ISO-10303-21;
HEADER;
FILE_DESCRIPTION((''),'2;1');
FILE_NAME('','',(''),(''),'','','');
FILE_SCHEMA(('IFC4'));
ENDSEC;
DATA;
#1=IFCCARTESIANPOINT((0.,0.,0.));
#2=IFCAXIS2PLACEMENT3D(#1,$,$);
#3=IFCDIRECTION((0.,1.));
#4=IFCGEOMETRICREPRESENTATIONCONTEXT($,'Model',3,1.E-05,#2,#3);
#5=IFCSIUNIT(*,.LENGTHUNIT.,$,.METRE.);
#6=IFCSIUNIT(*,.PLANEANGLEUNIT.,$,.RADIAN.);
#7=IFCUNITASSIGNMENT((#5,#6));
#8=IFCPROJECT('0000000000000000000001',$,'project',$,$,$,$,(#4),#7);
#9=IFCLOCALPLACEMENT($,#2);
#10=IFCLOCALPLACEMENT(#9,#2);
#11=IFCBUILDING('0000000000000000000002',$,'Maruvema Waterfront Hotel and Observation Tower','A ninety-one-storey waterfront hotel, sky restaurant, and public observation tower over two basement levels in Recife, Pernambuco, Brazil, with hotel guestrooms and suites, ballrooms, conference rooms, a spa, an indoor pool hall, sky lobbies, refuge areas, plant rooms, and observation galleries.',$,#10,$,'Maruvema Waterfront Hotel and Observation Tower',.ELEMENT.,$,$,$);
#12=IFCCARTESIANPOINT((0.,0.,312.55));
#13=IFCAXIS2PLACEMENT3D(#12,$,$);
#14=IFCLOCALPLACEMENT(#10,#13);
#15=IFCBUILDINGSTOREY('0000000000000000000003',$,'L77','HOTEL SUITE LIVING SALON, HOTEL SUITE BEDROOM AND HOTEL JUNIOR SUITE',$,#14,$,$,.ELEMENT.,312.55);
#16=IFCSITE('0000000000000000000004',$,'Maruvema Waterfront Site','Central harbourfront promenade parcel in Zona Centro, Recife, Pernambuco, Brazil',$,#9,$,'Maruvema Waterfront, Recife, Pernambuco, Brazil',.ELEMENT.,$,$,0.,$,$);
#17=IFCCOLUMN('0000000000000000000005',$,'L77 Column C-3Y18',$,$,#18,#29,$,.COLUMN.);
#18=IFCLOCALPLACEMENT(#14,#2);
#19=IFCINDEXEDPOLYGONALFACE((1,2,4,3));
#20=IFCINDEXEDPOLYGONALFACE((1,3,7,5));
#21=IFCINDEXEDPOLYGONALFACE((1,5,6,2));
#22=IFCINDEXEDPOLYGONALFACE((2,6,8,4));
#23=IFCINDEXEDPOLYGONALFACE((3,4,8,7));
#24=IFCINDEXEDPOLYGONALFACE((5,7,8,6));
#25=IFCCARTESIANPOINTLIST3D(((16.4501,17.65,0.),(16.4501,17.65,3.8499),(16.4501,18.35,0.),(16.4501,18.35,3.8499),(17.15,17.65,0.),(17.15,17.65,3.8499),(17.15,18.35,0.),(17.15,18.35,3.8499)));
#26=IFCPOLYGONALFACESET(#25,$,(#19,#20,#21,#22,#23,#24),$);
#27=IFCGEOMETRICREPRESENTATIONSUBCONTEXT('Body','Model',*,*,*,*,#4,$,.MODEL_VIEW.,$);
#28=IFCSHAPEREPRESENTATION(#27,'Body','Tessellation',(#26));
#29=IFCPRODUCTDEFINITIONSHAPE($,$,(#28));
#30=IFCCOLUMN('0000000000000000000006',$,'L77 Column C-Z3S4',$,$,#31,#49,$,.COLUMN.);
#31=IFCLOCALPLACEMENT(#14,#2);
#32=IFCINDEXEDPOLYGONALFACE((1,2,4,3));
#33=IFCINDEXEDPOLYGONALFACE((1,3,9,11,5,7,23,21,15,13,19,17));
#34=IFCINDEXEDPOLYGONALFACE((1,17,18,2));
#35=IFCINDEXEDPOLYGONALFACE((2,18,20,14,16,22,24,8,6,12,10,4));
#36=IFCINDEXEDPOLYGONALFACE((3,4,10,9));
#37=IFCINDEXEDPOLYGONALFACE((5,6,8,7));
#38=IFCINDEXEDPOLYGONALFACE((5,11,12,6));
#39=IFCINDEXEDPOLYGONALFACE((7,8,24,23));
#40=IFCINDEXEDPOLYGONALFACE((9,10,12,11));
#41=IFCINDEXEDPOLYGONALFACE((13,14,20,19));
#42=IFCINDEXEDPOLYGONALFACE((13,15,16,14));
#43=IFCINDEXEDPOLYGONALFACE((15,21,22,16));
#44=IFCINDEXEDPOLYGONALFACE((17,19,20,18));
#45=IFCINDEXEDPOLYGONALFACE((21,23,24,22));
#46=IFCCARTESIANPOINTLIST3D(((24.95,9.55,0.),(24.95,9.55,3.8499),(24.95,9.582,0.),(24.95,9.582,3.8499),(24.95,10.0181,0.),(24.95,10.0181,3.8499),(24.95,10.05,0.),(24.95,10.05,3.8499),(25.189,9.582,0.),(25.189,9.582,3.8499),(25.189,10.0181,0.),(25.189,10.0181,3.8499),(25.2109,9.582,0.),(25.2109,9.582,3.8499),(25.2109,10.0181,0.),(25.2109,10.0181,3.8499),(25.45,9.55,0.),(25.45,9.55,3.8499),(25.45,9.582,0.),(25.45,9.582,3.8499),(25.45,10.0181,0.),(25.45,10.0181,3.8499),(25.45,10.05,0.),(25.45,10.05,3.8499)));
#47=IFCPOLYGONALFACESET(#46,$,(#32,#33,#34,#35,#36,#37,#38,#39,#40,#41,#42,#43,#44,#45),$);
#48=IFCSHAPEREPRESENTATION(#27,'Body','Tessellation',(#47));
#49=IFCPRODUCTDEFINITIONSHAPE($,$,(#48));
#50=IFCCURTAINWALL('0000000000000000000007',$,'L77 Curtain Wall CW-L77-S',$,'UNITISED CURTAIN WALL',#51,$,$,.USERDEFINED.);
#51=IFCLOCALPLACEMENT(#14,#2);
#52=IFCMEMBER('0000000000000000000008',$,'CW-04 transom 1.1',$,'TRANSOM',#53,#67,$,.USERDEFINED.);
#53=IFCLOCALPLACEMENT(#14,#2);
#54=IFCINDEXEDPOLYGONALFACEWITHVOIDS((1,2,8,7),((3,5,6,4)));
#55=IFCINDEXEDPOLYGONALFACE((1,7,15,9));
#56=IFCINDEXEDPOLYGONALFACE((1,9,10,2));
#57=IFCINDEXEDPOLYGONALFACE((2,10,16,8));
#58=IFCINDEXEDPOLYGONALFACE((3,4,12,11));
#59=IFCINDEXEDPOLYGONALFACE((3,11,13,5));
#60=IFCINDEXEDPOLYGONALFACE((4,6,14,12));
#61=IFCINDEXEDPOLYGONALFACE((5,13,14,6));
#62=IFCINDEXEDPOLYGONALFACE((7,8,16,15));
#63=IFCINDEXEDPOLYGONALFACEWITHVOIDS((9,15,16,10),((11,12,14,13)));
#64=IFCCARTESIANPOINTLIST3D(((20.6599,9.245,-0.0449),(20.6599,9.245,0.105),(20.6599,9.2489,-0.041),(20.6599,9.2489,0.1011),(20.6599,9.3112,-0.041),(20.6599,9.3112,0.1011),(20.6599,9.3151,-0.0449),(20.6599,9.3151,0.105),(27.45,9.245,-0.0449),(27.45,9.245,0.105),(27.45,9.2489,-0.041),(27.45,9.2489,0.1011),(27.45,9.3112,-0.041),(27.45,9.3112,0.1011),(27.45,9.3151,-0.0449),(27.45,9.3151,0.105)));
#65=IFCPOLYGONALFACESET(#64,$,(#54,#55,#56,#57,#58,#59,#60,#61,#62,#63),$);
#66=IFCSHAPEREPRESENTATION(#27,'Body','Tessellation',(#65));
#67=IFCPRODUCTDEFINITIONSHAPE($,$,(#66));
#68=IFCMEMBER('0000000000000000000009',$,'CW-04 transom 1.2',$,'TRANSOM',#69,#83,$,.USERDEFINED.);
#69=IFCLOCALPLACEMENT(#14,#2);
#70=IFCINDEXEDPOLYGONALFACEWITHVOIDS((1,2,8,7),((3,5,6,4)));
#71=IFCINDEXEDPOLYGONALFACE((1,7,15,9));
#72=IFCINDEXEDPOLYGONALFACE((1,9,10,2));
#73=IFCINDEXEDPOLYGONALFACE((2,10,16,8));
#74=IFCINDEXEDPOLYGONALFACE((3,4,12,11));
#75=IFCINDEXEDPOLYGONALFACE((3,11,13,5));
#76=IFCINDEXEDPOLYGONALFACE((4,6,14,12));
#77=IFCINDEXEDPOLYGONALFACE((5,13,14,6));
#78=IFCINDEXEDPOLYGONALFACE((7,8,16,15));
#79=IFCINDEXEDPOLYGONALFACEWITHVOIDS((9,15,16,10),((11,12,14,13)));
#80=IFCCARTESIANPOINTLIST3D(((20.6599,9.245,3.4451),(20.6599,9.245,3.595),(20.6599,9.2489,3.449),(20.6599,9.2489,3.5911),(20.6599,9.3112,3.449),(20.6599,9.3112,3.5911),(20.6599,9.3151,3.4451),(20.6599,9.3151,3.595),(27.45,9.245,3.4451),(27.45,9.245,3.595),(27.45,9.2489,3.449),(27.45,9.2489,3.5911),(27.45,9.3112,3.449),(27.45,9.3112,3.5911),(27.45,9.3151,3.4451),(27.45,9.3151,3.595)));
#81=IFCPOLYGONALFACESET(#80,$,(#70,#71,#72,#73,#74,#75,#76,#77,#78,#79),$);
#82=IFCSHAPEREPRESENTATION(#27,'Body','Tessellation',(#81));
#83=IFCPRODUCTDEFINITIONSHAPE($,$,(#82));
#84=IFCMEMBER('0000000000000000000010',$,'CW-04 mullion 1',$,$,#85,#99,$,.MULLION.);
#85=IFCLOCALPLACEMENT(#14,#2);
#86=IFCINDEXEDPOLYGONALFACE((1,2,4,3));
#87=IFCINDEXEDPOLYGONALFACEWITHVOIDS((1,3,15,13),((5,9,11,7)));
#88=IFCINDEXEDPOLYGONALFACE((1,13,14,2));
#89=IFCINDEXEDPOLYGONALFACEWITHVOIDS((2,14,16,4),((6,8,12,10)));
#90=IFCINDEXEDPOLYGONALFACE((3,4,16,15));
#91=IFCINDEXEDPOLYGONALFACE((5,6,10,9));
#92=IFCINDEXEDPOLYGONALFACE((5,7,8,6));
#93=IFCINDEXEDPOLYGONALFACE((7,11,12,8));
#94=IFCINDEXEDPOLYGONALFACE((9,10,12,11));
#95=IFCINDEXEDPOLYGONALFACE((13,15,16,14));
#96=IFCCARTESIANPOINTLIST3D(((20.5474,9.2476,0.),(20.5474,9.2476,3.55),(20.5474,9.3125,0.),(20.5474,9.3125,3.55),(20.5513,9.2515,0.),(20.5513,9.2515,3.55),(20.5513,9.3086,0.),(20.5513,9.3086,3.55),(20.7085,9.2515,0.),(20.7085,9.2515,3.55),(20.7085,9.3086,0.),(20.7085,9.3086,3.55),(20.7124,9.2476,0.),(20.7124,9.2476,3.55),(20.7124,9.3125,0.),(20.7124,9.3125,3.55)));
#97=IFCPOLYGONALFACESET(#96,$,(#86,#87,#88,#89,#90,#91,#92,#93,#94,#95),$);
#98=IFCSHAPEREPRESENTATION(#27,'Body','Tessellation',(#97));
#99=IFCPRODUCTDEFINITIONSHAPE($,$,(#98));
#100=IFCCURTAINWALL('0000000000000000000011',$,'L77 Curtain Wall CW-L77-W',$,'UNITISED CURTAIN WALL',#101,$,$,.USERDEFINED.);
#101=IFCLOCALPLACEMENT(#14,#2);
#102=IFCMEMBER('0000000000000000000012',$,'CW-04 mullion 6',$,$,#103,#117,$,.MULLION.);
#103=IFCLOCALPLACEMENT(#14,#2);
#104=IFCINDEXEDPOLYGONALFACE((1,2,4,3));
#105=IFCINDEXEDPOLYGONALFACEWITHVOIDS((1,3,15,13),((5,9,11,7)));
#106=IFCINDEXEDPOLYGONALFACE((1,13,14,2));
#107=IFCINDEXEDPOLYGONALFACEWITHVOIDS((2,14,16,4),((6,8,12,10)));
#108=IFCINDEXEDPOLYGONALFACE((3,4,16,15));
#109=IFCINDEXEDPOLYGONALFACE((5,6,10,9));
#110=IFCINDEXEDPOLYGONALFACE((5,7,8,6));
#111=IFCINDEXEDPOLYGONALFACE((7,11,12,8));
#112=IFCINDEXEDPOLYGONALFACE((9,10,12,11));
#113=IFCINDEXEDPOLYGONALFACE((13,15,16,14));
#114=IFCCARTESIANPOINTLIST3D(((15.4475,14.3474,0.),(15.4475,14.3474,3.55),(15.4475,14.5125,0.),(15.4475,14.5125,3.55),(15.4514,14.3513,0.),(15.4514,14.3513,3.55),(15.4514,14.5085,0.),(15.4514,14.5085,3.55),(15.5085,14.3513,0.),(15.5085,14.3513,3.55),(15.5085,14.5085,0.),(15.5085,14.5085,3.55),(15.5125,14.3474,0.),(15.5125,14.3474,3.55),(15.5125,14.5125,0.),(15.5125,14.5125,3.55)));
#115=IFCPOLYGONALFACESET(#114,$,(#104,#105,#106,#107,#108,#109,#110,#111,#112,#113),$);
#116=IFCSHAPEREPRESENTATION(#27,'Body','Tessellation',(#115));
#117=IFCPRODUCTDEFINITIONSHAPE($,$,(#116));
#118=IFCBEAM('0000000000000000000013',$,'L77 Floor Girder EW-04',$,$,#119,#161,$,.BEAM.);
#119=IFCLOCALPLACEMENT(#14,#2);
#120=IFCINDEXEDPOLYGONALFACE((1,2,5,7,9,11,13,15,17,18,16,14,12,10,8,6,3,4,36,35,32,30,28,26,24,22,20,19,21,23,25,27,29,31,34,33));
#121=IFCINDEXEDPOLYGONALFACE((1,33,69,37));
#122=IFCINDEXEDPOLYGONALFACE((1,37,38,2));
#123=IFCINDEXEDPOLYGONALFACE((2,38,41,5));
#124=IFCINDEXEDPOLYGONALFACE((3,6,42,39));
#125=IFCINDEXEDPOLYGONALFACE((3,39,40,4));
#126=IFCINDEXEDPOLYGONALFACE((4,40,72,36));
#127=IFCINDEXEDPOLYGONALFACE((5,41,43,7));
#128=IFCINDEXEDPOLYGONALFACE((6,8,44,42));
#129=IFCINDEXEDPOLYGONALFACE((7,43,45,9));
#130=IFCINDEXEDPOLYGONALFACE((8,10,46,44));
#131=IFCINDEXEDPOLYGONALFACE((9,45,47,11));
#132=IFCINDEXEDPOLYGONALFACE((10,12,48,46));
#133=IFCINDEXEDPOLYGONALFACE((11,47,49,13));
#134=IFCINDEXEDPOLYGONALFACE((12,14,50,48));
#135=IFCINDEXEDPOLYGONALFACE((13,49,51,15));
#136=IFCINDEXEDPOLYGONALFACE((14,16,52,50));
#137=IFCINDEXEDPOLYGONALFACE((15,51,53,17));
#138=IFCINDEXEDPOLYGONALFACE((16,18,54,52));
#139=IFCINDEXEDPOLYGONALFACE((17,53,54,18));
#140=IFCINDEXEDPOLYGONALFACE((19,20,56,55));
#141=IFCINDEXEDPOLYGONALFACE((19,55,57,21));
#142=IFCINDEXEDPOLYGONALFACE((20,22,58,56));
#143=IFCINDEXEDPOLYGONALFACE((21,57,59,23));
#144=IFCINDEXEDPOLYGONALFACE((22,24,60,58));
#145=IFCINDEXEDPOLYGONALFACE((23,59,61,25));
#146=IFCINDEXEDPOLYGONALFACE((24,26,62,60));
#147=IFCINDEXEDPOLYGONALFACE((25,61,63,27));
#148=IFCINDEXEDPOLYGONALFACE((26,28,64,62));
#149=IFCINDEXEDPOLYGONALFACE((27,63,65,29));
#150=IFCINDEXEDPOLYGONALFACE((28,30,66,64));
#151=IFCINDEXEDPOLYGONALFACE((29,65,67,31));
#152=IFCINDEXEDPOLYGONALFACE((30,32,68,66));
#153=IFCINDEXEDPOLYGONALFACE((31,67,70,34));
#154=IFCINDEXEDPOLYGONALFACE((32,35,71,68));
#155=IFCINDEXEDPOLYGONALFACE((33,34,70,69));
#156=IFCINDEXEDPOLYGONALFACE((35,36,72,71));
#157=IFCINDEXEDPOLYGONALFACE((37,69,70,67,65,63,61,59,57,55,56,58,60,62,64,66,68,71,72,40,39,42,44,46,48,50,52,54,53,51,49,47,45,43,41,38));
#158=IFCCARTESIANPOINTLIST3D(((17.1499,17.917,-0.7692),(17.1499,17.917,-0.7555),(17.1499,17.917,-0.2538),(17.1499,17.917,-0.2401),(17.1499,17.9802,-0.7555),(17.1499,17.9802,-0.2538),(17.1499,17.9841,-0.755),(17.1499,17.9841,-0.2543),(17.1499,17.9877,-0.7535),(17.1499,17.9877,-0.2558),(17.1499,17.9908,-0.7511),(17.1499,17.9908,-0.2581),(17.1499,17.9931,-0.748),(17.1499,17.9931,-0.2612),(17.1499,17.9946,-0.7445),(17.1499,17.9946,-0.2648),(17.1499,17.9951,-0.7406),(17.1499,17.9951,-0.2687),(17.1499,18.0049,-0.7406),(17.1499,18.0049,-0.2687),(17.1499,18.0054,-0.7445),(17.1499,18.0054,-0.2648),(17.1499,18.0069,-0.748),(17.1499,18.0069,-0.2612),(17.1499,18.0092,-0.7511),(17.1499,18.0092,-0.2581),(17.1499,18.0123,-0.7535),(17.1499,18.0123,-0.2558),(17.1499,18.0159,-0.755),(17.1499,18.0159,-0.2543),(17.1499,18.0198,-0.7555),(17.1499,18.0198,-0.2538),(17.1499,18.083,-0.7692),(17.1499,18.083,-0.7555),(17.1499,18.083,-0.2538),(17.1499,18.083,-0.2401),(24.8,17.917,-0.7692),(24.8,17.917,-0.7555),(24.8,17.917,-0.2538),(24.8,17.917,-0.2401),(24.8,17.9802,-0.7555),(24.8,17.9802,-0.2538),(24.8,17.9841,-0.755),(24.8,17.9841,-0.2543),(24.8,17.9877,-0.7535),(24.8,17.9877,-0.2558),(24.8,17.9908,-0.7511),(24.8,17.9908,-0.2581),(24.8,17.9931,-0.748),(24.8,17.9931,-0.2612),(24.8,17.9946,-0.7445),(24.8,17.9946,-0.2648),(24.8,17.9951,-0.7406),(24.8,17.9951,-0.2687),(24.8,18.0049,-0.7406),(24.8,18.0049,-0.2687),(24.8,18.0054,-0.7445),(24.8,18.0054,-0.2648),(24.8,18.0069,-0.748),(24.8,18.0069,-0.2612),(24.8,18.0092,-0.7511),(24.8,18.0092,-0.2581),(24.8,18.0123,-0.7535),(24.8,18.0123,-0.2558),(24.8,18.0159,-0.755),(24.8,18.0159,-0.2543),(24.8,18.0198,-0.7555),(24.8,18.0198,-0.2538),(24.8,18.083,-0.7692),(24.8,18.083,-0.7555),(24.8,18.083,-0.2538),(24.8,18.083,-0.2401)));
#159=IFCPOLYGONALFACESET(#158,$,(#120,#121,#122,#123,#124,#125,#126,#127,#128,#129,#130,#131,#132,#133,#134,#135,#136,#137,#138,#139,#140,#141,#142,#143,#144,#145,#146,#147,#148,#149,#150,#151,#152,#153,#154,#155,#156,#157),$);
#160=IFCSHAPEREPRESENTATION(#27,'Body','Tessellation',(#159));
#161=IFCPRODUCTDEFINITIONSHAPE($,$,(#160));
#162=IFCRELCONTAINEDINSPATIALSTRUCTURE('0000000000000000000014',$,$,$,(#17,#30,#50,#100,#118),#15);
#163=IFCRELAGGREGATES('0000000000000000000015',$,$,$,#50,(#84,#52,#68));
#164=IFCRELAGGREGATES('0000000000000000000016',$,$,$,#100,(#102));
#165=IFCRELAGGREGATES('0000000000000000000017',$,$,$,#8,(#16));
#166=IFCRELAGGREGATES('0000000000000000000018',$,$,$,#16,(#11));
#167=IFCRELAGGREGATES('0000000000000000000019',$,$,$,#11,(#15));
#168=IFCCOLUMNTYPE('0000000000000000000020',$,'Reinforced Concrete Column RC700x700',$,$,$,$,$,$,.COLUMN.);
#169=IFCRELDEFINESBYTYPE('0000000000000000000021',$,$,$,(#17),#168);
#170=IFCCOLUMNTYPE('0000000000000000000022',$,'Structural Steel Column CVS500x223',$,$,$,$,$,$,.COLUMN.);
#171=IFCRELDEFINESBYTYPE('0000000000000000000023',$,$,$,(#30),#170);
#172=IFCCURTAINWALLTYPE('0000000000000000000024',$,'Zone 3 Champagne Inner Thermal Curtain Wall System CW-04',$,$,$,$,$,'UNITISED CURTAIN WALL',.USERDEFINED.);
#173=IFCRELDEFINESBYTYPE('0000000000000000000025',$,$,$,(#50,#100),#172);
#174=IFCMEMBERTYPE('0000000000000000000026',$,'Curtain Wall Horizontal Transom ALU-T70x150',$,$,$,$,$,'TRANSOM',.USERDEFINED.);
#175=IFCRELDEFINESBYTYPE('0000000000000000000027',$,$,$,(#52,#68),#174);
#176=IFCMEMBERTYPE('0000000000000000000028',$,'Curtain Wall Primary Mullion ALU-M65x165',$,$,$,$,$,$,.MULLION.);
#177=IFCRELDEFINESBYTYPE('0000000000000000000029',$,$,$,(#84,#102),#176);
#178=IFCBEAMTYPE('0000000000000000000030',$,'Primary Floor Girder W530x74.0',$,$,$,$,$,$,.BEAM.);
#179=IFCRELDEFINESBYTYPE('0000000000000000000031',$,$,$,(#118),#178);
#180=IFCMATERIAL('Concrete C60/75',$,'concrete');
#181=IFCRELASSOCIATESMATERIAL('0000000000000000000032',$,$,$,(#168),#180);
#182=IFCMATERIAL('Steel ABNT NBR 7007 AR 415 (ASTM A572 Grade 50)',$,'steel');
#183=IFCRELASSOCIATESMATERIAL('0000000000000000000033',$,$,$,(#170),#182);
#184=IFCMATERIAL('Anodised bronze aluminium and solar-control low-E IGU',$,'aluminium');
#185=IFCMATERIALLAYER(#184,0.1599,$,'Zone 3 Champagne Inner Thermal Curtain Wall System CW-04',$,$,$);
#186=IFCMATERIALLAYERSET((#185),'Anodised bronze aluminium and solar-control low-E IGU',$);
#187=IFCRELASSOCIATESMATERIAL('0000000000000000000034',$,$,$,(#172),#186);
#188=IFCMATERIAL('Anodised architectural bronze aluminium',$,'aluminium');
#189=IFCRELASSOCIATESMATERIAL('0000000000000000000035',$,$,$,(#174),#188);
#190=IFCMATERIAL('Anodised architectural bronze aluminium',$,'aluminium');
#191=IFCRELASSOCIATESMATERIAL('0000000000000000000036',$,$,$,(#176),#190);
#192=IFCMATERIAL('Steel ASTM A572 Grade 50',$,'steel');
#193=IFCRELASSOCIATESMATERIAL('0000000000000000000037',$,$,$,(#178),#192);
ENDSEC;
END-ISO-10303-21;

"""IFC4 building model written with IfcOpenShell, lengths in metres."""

from ifc_helpers import new_model, si_unit, direction, frame, origin, origin_2d, place, context, subcontext, project, spatial, rectangle, hollow_rectangle, i_section, extrude, material, layer, layer_set, material_profile, profile_set, type_object, element, aggregate, save


model = new_model("IFC4")

# Units and contexts
model_context = context("Model", 3, precision=1e-05, world=origin(), true_north=direction((0.0, 1.0)))
body_context = subcontext(model_context, "Body", "Model", "MODEL_VIEW")
ifc_project = project(units=[si_unit("LENGTHUNIT", "METRE"), si_unit("PLANEANGLEUNIT", "RADIAN")], contexts=[model_context])

# Site, building, storey
site_placement = place(None, origin())
site = spatial("IfcSite", under=ifc_project, at=site_placement, Name="Maruvema Waterfront Site", Description="Central harbourfront promenade parcel in Zona Centro, Recife, Pernambuco, Brazil", LongName="Maruvema Waterfront, Recife, Pernambuco, Brazil", CompositionType="ELEMENT", RefElevation=0.0)
building_placement = place(site_placement, origin())
building = spatial("IfcBuilding", under=site, at=building_placement, Name="Maruvema Waterfront Hotel and Observation Tower", Description="A ninety-one-storey waterfront hotel, sky restaurant, and public observation tower over two basement levels in Recife, Pernambuco, Brazil, with hotel guestrooms and suites, ballrooms, conference rooms, a spa, an indoor pool hall, sky lobbies, refuge areas, plant rooms, and observation galleries.", LongName="Maruvema Waterfront Hotel and Observation Tower", CompositionType="ELEMENT")
storey_placement = place(building_placement, frame((0.0, 0.0, 312.55)))
storey = spatial("IfcBuildingStorey", under=building, at=storey_placement, Name="L77", Description="HOTEL SUITE LIVING SALON, HOTEL SUITE BEDROOM AND HOTEL JUNIOR SUITE", CompositionType="ELEMENT", Elevation=312.55)

# Columns
ifc_material_1 = material(Name="Concrete C60/75", Category="concrete")
ifc_material_profile_1 = material_profile(ifc_material_1, rectangle(XDim=0.7, YDim=0.7, at=origin_2d()), Name="RC700x700")
ifc_profile_set_1 = profile_set([ifc_material_profile_1], Name="Concrete C60/75")
column_type_1 = type_object("IfcColumnType", Name="Reinforced Concrete Column RC700x700", PredefinedType="COLUMN", material=ifc_profile_set_1)
column_1_placement = place(storey_placement, frame((16.8, 18.0, 0.0), z_axis=(0.0, 0.0, 1.0), x_axis=(1.0, 0.0, 0.0)))
element("IfcColumn", 1, at=column_1_placement, inside=storey, type_object=column_type_1, Name="L77 Column C-3Y18", PredefinedType="COLUMN", context=body_context, shape_type="SweptSolid", body=[
    extrude(rectangle(XDim=0.7, YDim=0.7, at=origin_2d()), origin(), (0.0, 0.0, 1.0), 3.8499),
])
ifc_material_2 = material(Name="Steel ABNT NBR 7007 AR 415 (ASTM A572 Grade 50)", Category="steel")
ifc_material_profile_2 = material_profile(ifc_material_2, i_section(OverallWidth=0.5, OverallDepth=0.5, WebThickness=0.022, FlangeThickness=0.032, at=origin_2d()), Name="CVS500x223")
ifc_profile_set_2 = profile_set([ifc_material_profile_2], Name="Steel ABNT NBR 7007 AR 415 (ASTM A572 Grade 50)")
column_type_2 = type_object("IfcColumnType", Name="Structural Steel Column CVS500x223", PredefinedType="COLUMN", material=ifc_profile_set_2)
column_2_placement = place(storey_placement, frame((25.2, 9.8, 0.0), z_axis=(0.0, 0.0, 1.0), x_axis=(1.0, 0.0, 0.0)))
element("IfcColumn", 2, at=column_2_placement, inside=storey, type_object=column_type_2, Name="L77 Column C-Z3S4", PredefinedType="COLUMN", context=body_context, shape_type="SweptSolid", body=[
    extrude(i_section(OverallWidth=0.5, OverallDepth=0.5, WebThickness=0.022, FlangeThickness=0.032, at=origin_2d()), origin(), (0.0, 0.0, 1.0), 3.8499),
])

# Curtain wall, members
ifc_material_3 = material(Name="Anodised bronze aluminium and solar-control low-E IGU", Category="aluminium")
ifc_layer_1 = layer(ifc_material_3, 0.1599, Name="Zone 3 Champagne Inner Thermal Curtain Wall System CW-04")
ifc_layer_set_1 = layer_set([ifc_layer_1], Name="Anodised bronze aluminium and solar-control low-E IGU")
curtain_wall_type = type_object("IfcCurtainWallType", Name="Zone 3 Champagne Inner Thermal Curtain Wall System CW-04", ElementType="UNITISED CURTAIN WALL", PredefinedType="USERDEFINED", material=ifc_layer_set_1)
curtain_wall_1_placement = place(storey_placement, origin())
curtain_wall_1 = element("IfcCurtainWall", 3, at=curtain_wall_1_placement, inside=storey, type_object=curtain_wall_type, Name="L77 Curtain Wall CW-L77-S", ObjectType="UNITISED CURTAIN WALL", PredefinedType="USERDEFINED")
ifc_material_4 = material(Name="Anodised architectural bronze aluminium", Category="aluminium")
ifc_material_profile_3 = material_profile(ifc_material_4, hollow_rectangle(XDim=0.0701, YDim=0.1499, WallThickness=0.0039, at=origin_2d()), Name="ALU-T70x150")
ifc_profile_set_3 = profile_set([ifc_material_profile_3], Name="Anodised architectural bronze aluminium")
member_type_1 = type_object("IfcMemberType", Name="Curtain Wall Horizontal Transom ALU-T70x150", ElementType="TRANSOM", PredefinedType="USERDEFINED", material=ifc_profile_set_3)
member_1_placement = place(storey_placement, frame((20.6599, 9.28, 0.03), z_axis=(1.0, 0.0, 0.0), x_axis=(0.0, 1.0, 0.0)))
member_1 = element("IfcMember", 4, at=member_1_placement, type_object=member_type_1, Name="CW-04 transom 1.1", ObjectType="TRANSOM", PredefinedType="USERDEFINED", context=body_context, shape_type="SweptSolid", body=[
    extrude(hollow_rectangle(XDim=0.0701, YDim=0.1499, WallThickness=0.0039, at=origin_2d()), origin(), (0.0, 0.0, 1.0), 6.79),
])
member_2_placement = place(storey_placement, frame((20.6599, 9.28, 3.52), z_axis=(1.0, 0.0, 0.0), x_axis=(0.0, 1.0, 0.0)))
member_2 = element("IfcMember", 5, at=member_2_placement, type_object=member_type_1, Name="CW-04 transom 1.2", ObjectType="TRANSOM", PredefinedType="USERDEFINED", context=body_context, shape_type="SweptSolid", body=[
    extrude(hollow_rectangle(XDim=0.0701, YDim=0.1499, WallThickness=0.0039, at=origin_2d()), origin(), (0.0, 0.0, 1.0), 6.79),
])
ifc_material_5 = material(Name="Anodised architectural bronze aluminium", Category="aluminium")
ifc_material_profile_4 = material_profile(ifc_material_5, hollow_rectangle(XDim=0.0649, YDim=0.165, WallThickness=0.0039, at=origin_2d()), Name="ALU-M65x165")
ifc_profile_set_4 = profile_set([ifc_material_profile_4], Name="Anodised architectural bronze aluminium")
member_type_2 = type_object("IfcMemberType", Name="Curtain Wall Primary Mullion ALU-M65x165", PredefinedType="MULLION", material=ifc_profile_set_4)
member_3_placement = place(storey_placement, frame((20.6299, 9.28, 0.0), z_axis=(0.0, 0.0, 1.0), x_axis=(0.0, 1.0, 0.0)))
member_3 = element("IfcMember", 6, at=member_3_placement, type_object=member_type_2, Name="CW-04 mullion 1", PredefinedType="MULLION", context=body_context, shape_type="SweptSolid", body=[
    extrude(hollow_rectangle(XDim=0.0649, YDim=0.165, WallThickness=0.0039, at=origin_2d()), origin(), (0.0, 0.0, 1.0), 3.55),
])

# Curtain wall, member
curtain_wall_2_placement = place(storey_placement, origin())
curtain_wall_2 = element("IfcCurtainWall", 7, at=curtain_wall_2_placement, inside=storey, type_object=curtain_wall_type, Name="L77 Curtain Wall CW-L77-W", ObjectType="UNITISED CURTAIN WALL", PredefinedType="USERDEFINED")
member_4_placement = place(storey_placement, frame((15.48, 14.4299, 0.0), z_axis=(0.0, 0.0, 1.0), x_axis=(1.0, 0.0, 0.0)))
member_4 = element("IfcMember", 8, at=member_4_placement, type_object=member_type_2, Name="CW-04 mullion 6", PredefinedType="MULLION", context=body_context, shape_type="SweptSolid", body=[
    extrude(hollow_rectangle(XDim=0.0649, YDim=0.165, WallThickness=0.0039, at=origin_2d()), origin(), (0.0, 0.0, 1.0), 3.55),
])

# Beam
ifc_material_6 = material(Name="Steel ASTM A572 Grade 50", Category="steel")
ifc_material_profile_5 = material_profile(ifc_material_6, i_section(OverallWidth=0.166, OverallDepth=0.5291, WebThickness=0.0098, FlangeThickness=0.0137, FilletRadius=0.0149, at=origin_2d()), Name="W530x74.0")
ifc_profile_set_5 = profile_set([ifc_material_profile_5], Name="Steel ASTM A572 Grade 50")
beam_type_1 = type_object("IfcBeamType", Name="Primary Floor Girder W530x74.0", PredefinedType="BEAM", material=ifc_profile_set_5)
beam_1_placement = place(storey_placement, frame((17.1499, 18.0, -0.5046), z_axis=(1.0, 0.0, 0.0), x_axis=(0.0, 1.0, 0.0)))
element("IfcBeam", 9, at=beam_1_placement, inside=storey, type_object=beam_type_1, Name="L77 Floor Girder EW-04", PredefinedType="BEAM", context=body_context, shape_type="SweptSolid", body=[
    extrude(i_section(OverallWidth=0.166, OverallDepth=0.5291, WebThickness=0.0098, FlangeThickness=0.0137, FilletRadius=0.0149, at=origin_2d()), origin(), (0.0, 0.0, 1.0), 7.6501),
])

aggregate(curtain_wall_1, [member_3, member_1, member_2])
aggregate(curtain_wall_2, [member_4])

save(model, "model.ifc")
